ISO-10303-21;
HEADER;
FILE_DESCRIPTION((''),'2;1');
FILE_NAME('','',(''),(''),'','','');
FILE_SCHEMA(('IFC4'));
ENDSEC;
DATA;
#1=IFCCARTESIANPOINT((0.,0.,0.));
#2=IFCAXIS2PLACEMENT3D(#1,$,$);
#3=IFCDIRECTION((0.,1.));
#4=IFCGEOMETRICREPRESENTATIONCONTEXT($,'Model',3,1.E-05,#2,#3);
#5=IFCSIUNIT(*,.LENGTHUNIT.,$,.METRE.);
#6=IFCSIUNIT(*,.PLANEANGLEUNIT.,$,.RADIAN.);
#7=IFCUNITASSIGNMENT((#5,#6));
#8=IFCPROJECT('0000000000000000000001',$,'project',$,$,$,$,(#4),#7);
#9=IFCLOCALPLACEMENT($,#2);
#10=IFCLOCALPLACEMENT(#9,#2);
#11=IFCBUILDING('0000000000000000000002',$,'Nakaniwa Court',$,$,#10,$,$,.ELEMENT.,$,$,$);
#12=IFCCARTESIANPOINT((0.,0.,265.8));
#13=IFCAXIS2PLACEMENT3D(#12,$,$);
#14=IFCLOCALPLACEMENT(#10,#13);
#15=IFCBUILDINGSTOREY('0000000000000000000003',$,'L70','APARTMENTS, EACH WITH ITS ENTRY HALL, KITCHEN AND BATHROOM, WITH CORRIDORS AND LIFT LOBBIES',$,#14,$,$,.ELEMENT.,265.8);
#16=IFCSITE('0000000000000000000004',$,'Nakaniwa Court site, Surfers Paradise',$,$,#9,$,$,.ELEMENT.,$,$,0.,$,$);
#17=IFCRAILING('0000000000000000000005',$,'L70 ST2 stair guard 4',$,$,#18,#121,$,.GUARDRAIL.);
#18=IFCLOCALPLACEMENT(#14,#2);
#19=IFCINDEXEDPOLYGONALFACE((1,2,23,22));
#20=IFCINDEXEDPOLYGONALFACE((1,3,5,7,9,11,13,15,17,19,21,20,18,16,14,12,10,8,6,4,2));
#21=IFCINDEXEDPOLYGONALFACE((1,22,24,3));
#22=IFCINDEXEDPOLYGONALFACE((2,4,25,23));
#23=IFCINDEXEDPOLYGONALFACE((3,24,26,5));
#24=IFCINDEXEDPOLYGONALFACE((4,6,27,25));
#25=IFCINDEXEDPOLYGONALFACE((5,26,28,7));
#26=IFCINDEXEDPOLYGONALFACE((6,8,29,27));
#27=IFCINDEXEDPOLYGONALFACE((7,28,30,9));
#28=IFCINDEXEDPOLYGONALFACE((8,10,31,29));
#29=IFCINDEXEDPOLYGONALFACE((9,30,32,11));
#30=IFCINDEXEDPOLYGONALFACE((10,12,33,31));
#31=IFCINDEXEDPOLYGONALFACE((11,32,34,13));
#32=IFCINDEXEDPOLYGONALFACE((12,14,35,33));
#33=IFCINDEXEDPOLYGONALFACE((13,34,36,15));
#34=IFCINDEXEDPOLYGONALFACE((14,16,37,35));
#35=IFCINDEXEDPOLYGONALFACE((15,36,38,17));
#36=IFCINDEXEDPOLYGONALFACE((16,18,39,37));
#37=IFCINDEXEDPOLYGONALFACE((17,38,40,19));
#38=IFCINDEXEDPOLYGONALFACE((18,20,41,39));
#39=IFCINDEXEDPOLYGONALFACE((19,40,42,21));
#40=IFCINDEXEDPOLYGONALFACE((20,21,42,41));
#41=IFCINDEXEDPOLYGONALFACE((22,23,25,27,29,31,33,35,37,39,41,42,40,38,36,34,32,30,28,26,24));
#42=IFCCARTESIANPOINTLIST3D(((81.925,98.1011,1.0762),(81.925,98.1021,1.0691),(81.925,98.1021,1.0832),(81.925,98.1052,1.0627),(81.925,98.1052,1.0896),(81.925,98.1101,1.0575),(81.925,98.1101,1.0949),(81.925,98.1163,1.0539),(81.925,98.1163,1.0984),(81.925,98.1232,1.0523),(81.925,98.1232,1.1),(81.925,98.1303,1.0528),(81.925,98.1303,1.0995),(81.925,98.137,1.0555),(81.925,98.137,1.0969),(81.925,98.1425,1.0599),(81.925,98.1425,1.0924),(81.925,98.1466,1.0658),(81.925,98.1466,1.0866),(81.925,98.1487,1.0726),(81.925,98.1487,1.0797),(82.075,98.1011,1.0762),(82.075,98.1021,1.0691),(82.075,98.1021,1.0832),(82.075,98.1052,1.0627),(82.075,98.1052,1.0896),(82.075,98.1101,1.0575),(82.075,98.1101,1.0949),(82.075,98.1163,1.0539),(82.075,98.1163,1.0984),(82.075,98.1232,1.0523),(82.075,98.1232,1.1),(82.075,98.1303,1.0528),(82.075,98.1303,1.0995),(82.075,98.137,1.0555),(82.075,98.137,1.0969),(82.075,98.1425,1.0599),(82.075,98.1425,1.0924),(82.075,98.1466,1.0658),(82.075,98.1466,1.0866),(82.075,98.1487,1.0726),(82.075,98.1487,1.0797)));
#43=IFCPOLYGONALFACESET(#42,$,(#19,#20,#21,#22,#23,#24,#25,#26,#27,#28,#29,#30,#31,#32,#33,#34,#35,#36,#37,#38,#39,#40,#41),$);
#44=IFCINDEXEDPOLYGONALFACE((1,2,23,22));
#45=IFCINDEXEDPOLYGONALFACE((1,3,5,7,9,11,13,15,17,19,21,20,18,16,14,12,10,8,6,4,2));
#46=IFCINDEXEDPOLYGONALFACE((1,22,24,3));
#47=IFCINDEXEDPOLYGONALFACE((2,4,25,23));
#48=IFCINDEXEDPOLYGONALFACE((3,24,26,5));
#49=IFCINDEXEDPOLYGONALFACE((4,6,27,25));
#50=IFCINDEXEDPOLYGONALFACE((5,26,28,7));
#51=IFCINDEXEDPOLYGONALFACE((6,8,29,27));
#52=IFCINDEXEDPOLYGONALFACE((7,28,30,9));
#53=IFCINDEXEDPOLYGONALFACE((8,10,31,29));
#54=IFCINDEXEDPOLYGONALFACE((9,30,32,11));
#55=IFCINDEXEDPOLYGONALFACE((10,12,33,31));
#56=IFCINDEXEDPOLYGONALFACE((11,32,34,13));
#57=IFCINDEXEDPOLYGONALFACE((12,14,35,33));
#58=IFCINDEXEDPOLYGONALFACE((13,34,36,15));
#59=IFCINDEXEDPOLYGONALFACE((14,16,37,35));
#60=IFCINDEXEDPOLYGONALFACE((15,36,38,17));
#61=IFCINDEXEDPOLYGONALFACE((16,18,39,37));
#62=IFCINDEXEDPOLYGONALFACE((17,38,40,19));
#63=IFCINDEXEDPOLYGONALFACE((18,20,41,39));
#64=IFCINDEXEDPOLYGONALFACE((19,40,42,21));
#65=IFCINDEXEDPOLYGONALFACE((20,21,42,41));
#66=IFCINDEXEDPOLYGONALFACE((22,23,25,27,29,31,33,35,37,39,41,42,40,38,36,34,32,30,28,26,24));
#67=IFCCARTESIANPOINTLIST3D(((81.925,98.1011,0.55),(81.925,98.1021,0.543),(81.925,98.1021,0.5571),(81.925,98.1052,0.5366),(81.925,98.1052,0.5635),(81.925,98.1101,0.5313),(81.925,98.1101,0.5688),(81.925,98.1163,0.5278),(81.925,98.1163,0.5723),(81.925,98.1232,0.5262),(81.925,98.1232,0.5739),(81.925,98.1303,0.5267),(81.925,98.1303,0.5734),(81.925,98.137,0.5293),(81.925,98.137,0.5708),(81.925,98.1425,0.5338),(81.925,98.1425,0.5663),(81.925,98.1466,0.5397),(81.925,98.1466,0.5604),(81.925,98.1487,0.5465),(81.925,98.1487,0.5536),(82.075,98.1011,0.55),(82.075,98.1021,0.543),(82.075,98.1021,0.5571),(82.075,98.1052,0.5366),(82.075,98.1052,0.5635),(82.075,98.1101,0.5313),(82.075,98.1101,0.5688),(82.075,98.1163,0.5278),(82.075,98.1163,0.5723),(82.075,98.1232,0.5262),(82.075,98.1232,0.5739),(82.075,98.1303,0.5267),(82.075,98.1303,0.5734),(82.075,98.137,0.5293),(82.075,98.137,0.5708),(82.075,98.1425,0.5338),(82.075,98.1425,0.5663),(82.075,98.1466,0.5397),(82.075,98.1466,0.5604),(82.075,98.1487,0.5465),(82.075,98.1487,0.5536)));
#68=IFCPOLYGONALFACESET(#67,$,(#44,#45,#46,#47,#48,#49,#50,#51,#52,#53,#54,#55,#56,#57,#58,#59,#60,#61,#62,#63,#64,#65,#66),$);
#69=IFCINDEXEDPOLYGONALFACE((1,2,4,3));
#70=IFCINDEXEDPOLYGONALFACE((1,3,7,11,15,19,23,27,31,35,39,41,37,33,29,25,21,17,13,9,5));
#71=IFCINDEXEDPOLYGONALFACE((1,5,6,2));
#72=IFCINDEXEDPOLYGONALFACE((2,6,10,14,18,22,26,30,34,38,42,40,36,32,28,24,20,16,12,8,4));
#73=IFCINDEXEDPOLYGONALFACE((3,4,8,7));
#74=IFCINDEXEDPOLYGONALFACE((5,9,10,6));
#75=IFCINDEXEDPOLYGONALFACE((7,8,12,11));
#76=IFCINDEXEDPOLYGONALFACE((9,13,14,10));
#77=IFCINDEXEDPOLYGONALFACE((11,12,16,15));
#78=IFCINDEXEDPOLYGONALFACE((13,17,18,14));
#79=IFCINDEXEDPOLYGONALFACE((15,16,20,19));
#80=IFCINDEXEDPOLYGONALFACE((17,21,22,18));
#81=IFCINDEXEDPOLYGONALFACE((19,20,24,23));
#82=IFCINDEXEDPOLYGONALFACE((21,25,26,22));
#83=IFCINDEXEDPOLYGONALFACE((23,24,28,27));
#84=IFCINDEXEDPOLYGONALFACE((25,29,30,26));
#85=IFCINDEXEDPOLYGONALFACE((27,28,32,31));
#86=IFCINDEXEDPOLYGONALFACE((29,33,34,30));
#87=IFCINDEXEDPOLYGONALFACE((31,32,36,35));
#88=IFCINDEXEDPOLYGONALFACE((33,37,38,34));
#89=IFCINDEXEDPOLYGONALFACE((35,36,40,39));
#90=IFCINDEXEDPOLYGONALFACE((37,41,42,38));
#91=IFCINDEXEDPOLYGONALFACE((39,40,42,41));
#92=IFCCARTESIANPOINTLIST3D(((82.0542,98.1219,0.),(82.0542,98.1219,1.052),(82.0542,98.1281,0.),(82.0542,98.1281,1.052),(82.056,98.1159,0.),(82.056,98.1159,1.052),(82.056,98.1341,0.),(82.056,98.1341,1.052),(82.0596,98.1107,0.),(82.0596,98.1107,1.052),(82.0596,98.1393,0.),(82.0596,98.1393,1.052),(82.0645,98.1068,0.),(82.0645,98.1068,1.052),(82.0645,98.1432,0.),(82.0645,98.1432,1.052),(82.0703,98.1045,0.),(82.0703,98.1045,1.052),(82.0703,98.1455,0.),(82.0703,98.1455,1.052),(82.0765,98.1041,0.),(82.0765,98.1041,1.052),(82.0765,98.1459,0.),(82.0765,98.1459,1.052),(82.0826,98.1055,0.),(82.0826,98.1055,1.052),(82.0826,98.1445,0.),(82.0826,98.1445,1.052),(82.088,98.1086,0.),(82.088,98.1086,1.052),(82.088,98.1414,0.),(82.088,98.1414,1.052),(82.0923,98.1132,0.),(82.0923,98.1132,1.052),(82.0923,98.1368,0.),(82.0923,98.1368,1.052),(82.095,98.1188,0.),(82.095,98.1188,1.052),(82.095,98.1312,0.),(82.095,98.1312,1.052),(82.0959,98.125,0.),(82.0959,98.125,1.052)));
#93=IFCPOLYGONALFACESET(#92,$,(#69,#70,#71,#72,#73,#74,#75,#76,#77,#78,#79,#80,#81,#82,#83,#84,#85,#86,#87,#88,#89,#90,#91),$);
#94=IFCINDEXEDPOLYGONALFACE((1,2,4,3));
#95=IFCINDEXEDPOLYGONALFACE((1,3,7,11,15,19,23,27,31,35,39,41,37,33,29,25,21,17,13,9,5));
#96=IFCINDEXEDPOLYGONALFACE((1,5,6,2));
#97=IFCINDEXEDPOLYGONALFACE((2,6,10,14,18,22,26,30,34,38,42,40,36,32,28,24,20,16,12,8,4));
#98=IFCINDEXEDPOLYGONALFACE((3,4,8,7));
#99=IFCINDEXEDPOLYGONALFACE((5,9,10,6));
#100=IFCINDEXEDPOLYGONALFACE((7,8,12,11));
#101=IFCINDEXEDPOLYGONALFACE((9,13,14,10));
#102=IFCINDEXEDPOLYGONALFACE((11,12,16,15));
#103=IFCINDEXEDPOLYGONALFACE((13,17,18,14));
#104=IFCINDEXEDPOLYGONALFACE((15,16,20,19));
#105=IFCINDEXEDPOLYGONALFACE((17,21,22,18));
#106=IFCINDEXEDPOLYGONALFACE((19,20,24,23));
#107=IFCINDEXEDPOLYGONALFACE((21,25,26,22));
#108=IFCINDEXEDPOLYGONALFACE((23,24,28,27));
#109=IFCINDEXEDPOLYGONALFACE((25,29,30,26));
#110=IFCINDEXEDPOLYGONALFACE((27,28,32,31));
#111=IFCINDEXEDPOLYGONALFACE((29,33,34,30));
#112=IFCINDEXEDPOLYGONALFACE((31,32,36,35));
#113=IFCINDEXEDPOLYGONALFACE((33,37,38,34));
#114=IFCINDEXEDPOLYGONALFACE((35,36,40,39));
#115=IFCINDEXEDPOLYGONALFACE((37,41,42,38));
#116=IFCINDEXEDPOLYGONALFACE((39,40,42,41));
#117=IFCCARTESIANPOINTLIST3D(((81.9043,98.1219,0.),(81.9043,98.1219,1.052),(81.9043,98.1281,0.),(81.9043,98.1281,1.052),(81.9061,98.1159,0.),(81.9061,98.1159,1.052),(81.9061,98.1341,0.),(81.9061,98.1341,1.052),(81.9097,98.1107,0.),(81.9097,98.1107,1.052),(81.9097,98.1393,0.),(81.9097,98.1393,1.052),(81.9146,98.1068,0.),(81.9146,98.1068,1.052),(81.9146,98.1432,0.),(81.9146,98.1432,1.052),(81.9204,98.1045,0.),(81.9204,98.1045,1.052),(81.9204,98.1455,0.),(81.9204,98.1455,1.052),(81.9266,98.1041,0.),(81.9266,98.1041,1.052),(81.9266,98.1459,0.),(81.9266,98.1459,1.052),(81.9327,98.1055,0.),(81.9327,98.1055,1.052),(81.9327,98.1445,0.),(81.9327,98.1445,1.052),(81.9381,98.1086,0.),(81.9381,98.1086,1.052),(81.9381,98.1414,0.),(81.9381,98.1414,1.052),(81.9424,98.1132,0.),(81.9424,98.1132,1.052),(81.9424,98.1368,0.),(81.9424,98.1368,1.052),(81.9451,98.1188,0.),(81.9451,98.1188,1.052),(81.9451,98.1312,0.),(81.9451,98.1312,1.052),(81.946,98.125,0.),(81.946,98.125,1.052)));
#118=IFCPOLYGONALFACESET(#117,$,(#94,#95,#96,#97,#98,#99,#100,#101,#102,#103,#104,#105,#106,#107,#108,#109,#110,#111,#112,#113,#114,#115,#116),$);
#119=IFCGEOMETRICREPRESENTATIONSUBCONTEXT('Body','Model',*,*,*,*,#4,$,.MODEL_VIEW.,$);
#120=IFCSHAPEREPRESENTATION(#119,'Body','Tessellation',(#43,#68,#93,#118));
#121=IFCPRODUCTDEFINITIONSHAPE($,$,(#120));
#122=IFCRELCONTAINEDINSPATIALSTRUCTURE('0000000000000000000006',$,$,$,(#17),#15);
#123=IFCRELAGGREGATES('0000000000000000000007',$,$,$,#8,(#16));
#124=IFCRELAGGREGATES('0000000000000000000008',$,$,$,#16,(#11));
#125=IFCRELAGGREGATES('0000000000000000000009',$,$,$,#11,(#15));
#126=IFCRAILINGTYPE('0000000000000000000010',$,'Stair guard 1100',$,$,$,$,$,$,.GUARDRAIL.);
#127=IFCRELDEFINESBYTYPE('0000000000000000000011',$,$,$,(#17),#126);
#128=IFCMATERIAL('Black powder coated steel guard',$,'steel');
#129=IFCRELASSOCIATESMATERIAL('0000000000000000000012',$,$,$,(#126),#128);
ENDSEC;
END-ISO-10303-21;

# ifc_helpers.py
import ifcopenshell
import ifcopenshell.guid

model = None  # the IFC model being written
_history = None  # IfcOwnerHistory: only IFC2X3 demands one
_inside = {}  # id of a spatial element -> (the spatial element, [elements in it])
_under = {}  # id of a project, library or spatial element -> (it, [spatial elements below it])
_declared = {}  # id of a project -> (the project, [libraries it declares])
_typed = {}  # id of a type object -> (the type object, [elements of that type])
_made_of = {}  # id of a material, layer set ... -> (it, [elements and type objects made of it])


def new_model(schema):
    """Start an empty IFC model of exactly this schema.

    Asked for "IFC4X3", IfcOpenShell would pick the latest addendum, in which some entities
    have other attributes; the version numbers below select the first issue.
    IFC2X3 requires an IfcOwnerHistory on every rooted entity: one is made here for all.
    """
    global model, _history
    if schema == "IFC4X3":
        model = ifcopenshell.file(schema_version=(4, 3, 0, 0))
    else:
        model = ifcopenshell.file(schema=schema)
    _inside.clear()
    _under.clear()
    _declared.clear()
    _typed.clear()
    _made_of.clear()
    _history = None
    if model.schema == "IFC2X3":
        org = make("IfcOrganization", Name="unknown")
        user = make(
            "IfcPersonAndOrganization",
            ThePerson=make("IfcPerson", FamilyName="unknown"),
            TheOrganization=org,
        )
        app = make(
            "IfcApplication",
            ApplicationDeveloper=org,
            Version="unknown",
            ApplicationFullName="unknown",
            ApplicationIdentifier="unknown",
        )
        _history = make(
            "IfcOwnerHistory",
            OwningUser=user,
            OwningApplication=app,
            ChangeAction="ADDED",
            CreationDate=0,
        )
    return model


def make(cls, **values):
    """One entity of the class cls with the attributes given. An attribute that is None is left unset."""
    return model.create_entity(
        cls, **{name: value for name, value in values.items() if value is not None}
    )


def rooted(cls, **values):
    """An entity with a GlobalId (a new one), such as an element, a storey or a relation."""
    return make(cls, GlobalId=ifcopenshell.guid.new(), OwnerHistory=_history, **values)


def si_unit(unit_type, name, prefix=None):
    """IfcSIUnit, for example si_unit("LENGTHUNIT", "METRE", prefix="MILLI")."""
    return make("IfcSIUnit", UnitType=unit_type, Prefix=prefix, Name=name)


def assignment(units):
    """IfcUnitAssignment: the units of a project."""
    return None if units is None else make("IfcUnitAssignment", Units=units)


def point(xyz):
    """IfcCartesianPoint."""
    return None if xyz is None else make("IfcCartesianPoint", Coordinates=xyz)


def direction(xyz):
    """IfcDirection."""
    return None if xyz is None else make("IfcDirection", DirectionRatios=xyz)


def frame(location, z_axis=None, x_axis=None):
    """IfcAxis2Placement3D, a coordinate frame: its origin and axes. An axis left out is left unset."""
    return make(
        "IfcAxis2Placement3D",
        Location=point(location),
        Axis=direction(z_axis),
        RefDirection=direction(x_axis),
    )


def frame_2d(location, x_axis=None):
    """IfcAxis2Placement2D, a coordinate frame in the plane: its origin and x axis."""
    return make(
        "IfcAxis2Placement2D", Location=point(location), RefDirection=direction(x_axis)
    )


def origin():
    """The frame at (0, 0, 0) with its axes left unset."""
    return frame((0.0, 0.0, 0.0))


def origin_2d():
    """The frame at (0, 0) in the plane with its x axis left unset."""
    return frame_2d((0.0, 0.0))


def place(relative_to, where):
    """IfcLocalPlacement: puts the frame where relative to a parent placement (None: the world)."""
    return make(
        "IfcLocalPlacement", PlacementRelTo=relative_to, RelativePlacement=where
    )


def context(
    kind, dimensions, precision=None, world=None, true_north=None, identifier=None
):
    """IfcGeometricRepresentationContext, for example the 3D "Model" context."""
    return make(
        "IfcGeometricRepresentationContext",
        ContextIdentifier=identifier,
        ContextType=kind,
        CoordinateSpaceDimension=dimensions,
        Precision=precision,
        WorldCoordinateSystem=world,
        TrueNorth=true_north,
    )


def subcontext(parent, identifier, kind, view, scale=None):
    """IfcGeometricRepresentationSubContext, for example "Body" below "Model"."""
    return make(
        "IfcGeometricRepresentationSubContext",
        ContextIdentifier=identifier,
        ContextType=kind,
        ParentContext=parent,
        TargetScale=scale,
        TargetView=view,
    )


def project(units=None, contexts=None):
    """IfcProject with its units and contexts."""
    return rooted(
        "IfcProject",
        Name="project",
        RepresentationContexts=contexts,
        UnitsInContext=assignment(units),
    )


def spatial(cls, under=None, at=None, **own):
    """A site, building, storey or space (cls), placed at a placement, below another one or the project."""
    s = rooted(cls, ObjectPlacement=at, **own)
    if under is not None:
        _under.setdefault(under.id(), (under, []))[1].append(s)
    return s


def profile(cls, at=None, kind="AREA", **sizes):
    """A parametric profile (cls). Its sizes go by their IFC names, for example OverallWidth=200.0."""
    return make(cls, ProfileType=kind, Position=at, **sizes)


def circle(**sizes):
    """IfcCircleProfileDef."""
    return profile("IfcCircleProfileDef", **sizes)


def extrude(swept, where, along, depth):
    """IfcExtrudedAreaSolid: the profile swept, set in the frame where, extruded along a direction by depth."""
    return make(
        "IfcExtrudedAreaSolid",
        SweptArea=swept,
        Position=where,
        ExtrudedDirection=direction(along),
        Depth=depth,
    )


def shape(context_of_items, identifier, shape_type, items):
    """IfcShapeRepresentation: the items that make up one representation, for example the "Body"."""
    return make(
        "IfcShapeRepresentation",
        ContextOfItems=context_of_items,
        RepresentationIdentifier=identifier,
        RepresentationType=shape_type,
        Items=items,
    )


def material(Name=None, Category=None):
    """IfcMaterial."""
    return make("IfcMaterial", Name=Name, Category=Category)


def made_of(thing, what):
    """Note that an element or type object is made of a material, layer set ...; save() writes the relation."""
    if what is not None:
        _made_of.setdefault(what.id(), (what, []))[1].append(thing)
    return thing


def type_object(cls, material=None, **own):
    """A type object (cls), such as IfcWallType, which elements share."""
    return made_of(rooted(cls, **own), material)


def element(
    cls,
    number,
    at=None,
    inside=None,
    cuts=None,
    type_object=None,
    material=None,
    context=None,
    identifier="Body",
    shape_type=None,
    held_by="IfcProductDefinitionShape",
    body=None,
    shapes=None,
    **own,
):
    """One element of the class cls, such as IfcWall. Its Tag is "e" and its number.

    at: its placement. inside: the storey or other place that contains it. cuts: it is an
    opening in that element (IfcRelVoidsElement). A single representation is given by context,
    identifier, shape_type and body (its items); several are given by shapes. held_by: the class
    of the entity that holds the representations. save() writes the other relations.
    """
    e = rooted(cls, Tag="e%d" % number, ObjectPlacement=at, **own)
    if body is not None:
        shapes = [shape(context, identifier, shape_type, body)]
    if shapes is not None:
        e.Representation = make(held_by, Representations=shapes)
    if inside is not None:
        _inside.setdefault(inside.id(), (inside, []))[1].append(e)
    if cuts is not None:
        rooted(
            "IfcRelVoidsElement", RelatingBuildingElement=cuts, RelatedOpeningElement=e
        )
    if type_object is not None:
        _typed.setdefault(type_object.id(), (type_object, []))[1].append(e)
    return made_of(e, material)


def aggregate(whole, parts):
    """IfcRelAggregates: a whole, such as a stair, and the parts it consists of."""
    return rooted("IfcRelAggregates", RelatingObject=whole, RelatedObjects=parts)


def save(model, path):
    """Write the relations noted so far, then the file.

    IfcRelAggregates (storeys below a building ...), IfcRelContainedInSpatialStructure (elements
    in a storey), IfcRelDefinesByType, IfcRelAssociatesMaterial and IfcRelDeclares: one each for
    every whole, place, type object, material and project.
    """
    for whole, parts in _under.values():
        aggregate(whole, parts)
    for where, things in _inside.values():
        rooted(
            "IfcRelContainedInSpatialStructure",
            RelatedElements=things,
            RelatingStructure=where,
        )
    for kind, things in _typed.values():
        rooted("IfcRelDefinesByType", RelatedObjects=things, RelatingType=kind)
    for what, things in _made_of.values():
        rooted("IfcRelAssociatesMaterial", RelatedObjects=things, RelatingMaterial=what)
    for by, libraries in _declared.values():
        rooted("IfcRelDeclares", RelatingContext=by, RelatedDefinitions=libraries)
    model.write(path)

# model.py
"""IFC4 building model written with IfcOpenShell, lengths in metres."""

from ifc_helpers import new_model, si_unit, direction, frame, origin, origin_2d, place, context, subcontext, project, spatial, circle, extrude, material, type_object, element, save


model = new_model("IFC4")

# Units and contexts
model_context = context("Model", 3, precision=1e-05, world=origin(), true_north=direction((0.0, 1.0)))
body_context = subcontext(model_context, "Body", "Model", "MODEL_VIEW")
ifc_project = project(units=[si_unit("LENGTHUNIT", "METRE"), si_unit("PLANEANGLEUNIT", "RADIAN")], contexts=[model_context])

# Site, building, storey
site_placement = place(None, origin())
site = spatial("IfcSite", under=ifc_project, at=site_placement, Name="Nakaniwa Court site, Surfers Paradise", CompositionType="ELEMENT", RefElevation=0.0)
building_placement = place(site_placement, origin())
building = spatial("IfcBuilding", under=site, at=building_placement, Name="Nakaniwa Court", CompositionType="ELEMENT")
storey_placement = place(building_placement, frame((0.0, 0.0, 265.8)))
storey = spatial("IfcBuildingStorey", under=building, at=storey_placement, Name="L70", Description="APARTMENTS, EACH WITH ITS ENTRY HALL, KITCHEN AND BATHROOM, WITH CORRIDORS AND LIFT LOBBIES", CompositionType="ELEMENT", Elevation=265.8)

# Railing
ifc_material_1 = material(Name="Black powder coated steel guard", Category="steel")
railing_type_1 = type_object("IfcRailingType", Name="Stair guard 1100", PredefinedType="GUARDRAIL", material=ifc_material_1)
railing_1_placement = place(storey_placement, frame((82.075, 98.125, 0.0)))
element("IfcRailing", 1, at=railing_1_placement, inside=storey, type_object=railing_type_1, Name="L70 ST2 stair guard 4", PredefinedType="GUARDRAIL", context=body_context, shape_type="SweptSolid", body=[
    extrude(circle(Radius=0.0239, at=origin_2d()), frame((0.0, 0.0, 1.0762), z_axis=(-1.0, 0.0, 0.0), x_axis=(0.0, -1.0, 0.0)), (0.0, 0.0, 1.0), 0.1499),
    extrude(circle(Radius=0.0239, at=origin_2d()), frame((0.0, 0.0, 0.55), z_axis=(-1.0, 0.0, 0.0), x_axis=(0.0, -1.0, 0.0)), (0.0, 0.0, 1.0), 0.1499),
    extrude(circle(Radius=0.021, at=origin_2d()), origin(), (0.0, 0.0, 1.0), 1.052),
    extrude(circle(Radius=0.021, at=origin_2d()), frame((-0.1499, 0.0, 0.0)), (0.0, 0.0, 1.0), 1.052),
])

save(model, "model.ifc")
